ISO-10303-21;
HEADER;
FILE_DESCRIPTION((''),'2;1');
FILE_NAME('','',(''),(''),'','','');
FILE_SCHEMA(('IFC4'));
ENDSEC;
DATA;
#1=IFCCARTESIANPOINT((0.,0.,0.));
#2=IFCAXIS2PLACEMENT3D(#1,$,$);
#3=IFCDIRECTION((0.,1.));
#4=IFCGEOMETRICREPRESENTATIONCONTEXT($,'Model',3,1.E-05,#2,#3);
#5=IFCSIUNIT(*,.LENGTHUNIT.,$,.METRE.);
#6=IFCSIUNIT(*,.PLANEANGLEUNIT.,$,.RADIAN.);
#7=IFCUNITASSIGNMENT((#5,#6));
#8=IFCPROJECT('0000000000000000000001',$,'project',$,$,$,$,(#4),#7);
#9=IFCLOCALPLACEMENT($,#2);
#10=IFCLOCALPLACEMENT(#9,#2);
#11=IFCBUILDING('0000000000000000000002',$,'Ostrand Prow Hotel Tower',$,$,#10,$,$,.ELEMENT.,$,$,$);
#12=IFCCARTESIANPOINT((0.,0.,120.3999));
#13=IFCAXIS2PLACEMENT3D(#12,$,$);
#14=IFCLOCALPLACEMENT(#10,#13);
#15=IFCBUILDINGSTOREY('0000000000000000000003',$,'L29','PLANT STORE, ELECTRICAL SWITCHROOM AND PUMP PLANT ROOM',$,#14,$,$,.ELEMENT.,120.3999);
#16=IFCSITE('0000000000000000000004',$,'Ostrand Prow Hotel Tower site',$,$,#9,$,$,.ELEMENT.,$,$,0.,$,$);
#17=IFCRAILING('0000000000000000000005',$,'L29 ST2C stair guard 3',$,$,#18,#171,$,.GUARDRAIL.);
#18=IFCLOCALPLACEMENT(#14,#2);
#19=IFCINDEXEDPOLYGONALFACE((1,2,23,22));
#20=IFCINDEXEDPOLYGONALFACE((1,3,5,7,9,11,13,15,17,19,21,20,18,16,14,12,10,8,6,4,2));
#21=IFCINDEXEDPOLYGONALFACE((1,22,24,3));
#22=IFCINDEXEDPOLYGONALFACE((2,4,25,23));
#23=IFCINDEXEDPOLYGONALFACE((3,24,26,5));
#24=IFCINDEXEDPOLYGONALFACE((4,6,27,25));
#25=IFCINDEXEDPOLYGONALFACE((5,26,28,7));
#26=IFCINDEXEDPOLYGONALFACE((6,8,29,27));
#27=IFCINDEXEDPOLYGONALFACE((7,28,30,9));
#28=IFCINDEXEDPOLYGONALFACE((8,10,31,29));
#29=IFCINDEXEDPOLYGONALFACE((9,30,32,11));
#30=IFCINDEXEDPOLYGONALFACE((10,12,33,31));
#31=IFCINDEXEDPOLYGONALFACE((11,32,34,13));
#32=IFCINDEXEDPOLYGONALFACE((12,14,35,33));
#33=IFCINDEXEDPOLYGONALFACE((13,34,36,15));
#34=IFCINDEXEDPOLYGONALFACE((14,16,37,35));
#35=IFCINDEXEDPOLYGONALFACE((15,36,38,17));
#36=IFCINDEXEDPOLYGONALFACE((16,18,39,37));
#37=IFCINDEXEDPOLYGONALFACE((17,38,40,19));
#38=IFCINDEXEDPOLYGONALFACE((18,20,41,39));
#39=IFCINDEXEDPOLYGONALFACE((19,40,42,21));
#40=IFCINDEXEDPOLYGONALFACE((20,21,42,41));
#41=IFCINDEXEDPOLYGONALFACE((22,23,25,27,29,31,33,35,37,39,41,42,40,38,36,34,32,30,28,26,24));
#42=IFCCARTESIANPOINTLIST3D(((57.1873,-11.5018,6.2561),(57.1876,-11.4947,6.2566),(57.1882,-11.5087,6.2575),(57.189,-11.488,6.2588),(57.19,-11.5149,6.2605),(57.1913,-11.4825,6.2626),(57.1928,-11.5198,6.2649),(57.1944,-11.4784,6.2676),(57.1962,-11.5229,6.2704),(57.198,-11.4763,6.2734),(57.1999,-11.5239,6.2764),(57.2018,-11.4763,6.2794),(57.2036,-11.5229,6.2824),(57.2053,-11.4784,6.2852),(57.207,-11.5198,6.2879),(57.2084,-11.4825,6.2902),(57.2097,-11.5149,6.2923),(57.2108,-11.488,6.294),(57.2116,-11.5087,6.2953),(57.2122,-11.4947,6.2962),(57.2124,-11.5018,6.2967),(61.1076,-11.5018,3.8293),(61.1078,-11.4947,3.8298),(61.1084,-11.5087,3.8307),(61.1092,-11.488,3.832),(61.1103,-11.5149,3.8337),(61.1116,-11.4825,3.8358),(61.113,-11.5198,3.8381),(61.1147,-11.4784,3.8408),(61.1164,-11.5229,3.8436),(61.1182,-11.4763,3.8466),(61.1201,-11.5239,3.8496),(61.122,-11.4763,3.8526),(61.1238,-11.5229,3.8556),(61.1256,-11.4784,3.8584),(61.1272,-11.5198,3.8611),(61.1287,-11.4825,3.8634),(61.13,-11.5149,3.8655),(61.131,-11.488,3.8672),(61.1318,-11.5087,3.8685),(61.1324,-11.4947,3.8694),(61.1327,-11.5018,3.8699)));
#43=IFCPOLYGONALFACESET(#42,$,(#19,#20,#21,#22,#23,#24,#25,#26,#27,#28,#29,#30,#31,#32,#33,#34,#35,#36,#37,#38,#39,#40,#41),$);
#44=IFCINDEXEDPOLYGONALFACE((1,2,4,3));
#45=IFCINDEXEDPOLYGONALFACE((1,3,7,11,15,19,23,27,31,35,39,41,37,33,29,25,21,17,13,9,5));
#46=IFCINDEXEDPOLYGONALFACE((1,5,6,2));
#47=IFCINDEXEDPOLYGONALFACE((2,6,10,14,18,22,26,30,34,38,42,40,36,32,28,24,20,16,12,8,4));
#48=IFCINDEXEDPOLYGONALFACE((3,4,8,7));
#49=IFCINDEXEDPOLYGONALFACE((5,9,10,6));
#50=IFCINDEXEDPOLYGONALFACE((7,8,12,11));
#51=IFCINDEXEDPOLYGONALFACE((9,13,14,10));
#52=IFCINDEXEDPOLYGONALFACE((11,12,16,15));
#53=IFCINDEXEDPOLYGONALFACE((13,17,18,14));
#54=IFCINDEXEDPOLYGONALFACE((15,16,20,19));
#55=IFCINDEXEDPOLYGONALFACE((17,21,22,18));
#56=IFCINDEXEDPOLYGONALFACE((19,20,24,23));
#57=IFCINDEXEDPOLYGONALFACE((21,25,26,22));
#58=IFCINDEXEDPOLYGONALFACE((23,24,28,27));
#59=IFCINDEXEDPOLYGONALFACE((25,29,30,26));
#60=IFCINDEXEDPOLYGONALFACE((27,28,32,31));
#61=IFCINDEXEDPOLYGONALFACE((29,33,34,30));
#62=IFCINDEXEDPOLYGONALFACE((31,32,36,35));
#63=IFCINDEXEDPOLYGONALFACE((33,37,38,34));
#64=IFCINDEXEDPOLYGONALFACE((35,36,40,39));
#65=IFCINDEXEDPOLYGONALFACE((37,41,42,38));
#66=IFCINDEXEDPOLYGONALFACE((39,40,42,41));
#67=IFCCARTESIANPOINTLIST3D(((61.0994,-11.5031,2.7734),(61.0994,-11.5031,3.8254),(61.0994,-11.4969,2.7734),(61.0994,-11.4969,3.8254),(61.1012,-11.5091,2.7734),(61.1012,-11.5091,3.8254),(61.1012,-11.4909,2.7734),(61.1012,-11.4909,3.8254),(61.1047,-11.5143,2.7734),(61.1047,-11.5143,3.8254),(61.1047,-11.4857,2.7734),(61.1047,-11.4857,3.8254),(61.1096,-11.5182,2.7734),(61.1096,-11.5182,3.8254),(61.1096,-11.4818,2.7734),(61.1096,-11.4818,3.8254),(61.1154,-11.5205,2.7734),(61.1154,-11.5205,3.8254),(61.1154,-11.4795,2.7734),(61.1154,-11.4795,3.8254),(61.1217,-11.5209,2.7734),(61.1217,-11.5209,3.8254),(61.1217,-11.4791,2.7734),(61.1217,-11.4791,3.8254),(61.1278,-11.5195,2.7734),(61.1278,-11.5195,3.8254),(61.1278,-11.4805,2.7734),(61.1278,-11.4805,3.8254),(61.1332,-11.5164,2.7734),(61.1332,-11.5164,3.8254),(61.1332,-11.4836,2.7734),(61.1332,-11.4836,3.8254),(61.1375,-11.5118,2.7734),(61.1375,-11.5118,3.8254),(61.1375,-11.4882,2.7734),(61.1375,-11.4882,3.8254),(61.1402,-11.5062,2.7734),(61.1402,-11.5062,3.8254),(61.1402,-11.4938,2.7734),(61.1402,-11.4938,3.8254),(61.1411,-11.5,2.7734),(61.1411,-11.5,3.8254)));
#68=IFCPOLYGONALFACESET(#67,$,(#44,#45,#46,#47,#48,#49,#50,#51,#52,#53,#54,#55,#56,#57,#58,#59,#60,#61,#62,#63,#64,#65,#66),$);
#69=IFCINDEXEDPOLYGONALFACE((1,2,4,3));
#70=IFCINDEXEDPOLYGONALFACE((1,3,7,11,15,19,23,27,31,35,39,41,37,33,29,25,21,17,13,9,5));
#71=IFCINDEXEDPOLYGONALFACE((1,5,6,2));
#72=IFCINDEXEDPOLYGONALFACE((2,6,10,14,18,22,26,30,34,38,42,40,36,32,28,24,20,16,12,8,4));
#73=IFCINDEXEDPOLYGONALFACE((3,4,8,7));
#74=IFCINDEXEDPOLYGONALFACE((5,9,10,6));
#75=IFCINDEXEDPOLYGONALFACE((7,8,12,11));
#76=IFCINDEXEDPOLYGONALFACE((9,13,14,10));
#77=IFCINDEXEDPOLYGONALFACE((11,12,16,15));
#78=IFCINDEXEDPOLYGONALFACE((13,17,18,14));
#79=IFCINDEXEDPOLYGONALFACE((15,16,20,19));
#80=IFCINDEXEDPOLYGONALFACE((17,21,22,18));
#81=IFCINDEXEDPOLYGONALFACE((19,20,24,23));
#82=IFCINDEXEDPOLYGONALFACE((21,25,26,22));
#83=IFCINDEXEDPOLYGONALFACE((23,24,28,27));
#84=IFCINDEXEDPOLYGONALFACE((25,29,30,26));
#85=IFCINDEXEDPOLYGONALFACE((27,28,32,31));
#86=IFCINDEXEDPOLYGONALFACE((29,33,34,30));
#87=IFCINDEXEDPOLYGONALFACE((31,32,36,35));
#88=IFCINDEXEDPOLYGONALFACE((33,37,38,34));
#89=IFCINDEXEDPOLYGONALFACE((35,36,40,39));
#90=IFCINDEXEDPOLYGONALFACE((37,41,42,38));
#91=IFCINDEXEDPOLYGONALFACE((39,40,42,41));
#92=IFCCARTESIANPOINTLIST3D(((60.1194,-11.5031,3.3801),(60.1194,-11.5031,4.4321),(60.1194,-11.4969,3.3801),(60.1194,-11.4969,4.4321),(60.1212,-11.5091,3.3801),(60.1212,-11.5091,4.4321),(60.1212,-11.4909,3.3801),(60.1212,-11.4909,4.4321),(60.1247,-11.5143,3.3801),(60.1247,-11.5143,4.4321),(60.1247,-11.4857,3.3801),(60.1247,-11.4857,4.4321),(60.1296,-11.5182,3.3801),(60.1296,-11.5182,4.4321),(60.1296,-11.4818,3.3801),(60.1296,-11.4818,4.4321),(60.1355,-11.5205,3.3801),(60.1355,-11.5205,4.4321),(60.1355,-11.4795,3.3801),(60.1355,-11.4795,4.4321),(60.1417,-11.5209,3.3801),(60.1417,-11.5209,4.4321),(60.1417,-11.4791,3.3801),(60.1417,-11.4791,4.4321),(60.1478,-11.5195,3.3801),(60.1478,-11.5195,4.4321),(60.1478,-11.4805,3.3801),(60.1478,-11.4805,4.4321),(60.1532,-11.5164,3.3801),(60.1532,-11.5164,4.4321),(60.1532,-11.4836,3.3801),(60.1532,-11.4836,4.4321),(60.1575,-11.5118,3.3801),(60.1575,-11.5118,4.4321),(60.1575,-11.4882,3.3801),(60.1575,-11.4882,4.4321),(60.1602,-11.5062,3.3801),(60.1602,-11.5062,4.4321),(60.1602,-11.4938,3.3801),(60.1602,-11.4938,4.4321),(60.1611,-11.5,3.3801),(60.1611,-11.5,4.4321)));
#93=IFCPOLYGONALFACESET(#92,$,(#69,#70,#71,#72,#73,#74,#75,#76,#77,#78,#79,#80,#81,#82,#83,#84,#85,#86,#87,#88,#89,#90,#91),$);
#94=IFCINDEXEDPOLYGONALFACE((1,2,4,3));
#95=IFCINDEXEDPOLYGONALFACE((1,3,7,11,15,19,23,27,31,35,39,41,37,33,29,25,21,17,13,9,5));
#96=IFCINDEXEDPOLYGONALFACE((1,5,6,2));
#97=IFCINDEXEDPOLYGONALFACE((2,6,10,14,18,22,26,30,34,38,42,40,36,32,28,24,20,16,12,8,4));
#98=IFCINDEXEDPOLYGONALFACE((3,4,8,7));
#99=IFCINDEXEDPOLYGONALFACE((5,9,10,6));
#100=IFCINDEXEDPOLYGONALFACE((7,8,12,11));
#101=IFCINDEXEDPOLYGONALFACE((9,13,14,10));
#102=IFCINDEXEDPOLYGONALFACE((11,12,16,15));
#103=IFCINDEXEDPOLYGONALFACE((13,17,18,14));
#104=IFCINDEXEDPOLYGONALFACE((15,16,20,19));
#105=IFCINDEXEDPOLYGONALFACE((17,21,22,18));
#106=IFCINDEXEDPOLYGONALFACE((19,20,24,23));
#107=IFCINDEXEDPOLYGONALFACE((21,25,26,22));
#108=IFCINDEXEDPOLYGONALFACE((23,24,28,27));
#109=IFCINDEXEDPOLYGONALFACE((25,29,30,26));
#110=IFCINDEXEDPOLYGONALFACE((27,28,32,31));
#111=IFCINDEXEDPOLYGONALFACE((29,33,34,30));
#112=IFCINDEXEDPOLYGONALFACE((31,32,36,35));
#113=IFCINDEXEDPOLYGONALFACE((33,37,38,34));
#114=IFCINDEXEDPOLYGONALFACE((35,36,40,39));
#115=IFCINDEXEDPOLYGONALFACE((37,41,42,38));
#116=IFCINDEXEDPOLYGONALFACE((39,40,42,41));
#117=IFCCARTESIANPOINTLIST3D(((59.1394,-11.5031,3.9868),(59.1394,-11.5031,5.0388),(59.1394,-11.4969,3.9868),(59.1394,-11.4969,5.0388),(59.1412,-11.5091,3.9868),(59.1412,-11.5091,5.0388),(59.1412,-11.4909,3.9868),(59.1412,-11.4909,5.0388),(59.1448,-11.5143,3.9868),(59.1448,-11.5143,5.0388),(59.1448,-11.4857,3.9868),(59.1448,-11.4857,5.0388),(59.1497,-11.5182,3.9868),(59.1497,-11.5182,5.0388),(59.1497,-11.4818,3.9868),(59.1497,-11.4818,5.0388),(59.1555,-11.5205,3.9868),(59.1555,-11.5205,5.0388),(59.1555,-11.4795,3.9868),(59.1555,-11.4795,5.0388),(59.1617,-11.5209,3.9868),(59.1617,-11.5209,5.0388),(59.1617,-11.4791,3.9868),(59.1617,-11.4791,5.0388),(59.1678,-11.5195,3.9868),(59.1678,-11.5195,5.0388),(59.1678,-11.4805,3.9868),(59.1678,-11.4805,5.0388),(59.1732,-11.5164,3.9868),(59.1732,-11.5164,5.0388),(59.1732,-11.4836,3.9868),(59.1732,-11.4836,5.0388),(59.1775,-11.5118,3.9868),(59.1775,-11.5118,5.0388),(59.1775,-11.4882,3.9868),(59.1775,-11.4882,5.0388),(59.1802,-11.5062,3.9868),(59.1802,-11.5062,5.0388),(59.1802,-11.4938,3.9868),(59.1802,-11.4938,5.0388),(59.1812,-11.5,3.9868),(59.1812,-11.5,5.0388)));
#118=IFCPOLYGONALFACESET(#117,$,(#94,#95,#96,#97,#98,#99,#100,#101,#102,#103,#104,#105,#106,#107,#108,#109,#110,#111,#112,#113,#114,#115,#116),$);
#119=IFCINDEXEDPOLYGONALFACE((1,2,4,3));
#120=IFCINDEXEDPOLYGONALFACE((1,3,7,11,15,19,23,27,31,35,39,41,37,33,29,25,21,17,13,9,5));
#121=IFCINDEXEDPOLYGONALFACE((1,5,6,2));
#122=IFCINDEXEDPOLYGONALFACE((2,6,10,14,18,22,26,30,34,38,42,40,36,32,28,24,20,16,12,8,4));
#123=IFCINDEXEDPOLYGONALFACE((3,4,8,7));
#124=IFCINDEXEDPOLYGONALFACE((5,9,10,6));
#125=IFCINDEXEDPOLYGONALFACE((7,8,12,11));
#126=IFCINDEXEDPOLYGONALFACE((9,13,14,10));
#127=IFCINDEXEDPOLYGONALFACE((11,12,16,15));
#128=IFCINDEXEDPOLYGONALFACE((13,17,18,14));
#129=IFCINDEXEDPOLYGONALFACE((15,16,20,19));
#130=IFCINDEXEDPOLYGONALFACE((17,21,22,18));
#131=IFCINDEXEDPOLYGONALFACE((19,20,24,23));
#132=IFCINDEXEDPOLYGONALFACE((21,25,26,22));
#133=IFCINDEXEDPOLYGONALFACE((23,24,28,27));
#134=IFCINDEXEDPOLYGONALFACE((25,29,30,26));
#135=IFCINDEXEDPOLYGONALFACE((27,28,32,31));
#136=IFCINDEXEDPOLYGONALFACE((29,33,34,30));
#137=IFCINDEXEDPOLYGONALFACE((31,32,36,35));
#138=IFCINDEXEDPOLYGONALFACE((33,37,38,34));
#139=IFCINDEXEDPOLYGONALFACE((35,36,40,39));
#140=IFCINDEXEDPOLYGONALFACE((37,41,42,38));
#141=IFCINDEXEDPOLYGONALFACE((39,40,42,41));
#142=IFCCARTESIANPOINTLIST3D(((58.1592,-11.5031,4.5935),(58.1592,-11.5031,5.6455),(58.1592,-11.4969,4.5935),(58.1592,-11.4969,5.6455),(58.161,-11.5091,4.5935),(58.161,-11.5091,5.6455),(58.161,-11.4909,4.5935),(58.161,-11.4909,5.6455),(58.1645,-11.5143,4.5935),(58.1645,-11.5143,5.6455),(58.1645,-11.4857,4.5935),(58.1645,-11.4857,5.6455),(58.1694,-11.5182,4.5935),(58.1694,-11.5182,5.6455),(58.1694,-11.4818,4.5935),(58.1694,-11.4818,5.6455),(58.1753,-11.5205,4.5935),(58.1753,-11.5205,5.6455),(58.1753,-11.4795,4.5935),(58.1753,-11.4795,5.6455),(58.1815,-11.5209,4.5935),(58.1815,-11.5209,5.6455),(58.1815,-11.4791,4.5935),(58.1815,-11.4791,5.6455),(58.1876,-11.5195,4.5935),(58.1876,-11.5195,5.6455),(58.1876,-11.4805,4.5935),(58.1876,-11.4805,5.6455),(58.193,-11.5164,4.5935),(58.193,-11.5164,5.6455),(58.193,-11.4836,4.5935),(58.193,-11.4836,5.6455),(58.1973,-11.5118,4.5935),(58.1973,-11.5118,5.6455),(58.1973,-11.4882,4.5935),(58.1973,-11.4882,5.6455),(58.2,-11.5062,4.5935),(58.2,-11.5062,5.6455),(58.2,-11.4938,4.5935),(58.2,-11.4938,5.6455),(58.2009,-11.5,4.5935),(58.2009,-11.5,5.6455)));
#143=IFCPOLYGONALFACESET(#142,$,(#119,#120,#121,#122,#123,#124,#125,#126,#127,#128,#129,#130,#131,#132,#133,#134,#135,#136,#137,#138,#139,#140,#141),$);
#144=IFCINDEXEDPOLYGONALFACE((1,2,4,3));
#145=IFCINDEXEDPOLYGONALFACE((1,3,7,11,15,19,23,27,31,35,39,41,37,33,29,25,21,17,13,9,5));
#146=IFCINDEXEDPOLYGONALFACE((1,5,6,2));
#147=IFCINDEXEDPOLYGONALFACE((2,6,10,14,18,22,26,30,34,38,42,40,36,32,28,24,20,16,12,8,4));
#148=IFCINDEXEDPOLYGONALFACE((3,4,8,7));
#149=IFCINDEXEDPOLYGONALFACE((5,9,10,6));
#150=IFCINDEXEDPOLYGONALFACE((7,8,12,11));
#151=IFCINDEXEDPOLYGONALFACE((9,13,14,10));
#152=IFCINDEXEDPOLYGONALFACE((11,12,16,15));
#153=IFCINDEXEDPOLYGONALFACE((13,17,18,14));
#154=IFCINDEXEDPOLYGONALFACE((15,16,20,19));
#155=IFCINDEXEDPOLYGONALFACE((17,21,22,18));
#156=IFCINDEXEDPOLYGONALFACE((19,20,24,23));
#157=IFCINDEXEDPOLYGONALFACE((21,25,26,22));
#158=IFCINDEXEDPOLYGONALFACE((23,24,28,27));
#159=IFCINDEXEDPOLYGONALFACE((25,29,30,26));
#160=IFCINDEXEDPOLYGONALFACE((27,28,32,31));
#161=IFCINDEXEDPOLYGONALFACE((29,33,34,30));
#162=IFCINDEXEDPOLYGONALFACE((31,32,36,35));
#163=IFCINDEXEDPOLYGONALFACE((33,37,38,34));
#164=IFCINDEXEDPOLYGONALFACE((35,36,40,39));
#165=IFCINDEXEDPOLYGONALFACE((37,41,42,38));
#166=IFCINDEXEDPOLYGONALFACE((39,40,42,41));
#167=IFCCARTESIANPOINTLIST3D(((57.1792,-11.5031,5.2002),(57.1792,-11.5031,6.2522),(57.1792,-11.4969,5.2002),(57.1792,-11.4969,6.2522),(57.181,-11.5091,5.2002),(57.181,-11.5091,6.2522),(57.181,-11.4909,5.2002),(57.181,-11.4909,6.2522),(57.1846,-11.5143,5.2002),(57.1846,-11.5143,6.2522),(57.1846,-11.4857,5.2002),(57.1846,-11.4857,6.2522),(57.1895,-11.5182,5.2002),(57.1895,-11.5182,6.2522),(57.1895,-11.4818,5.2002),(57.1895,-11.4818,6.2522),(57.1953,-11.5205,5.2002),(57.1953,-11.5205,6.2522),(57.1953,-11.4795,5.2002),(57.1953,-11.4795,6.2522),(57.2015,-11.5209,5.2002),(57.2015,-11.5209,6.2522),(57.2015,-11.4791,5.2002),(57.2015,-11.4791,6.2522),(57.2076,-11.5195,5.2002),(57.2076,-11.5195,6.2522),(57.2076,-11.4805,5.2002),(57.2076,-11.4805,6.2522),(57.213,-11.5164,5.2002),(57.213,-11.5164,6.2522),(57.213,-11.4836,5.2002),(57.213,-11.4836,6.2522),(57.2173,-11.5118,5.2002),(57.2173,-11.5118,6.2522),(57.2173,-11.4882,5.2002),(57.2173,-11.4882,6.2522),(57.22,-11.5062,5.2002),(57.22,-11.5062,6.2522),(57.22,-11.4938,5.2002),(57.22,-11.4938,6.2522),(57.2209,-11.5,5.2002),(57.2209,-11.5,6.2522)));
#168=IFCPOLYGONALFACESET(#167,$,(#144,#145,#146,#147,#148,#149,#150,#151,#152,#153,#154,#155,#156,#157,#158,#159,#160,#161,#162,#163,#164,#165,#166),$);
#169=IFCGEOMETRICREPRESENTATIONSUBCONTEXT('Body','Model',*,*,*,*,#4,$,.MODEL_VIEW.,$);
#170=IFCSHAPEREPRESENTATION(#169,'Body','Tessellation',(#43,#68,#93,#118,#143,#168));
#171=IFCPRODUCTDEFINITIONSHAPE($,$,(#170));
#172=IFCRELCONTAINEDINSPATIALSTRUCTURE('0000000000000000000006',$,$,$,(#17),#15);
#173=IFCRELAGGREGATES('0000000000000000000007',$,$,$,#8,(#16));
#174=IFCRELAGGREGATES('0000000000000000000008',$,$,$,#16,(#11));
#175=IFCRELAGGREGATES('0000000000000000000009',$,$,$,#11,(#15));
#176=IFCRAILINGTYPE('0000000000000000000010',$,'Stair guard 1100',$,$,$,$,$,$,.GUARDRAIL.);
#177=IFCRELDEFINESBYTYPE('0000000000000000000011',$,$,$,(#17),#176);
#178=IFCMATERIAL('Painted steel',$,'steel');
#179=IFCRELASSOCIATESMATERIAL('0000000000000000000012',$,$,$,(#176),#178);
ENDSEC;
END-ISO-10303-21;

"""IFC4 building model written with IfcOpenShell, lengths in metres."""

from ifc_helpers import new_model, si_unit, direction, frame, origin, origin_2d, place, context, subcontext, project, spatial, circle, extrude, material, type_object, element, save


model = new_model("IFC4")

# Units and contexts
model_context = context("Model", 3, precision=1e-05, world=origin(), true_north=direction((0.0, 1.0)))
body_context = subcontext(model_context, "Body", "Model", "MODEL_VIEW")
ifc_project = project(units=[si_unit("LENGTHUNIT", "METRE"), si_unit("PLANEANGLEUNIT", "RADIAN")], contexts=[model_context])

# Site, building, storey
site_placement = place(None, origin())
site = spatial("IfcSite", under=ifc_project, at=site_placement, Name="Ostrand Prow Hotel Tower site", CompositionType="ELEMENT", RefElevation=0.0)
building_placement = place(site_placement, origin())
building = spatial("IfcBuilding", under=site, at=building_placement, Name="Ostrand Prow Hotel Tower", CompositionType="ELEMENT")
storey_placement = place(building_placement, frame((0.0, 0.0, 120.3999)))
storey = spatial("IfcBuildingStorey", under=building, at=storey_placement, Name="L29", Description="PLANT STORE, ELECTRICAL SWITCHROOM AND PUMP PLANT ROOM", CompositionType="ELEMENT", Elevation=120.3999)

# Railing
ifc_material_1 = material(Name="Painted steel", Category="steel")
railing_type_1 = type_object("IfcRailingType", Name="Stair guard 1100", PredefinedType="GUARDRAIL", material=ifc_material_1)
railing_1_placement = place(storey_placement, frame((61.1201, -11.5, 2.7734)))
element("IfcRailing", 1, at=railing_1_placement, inside=storey, type_object=railing_type_1, Name="L29 ST2C stair guard 3", PredefinedType="GUARDRAIL", context=body_context, shape_type="SweptSolid", body=[
    extrude(circle(Radius=0.0239, at=origin_2d()), frame((0.0, 0.0, 1.0762), z_axis=(-0.850266, 0.0, 0.526353), x_axis=(0.0, -1.0, 0.0)), (0.0, 0.0, 1.0), 4.6106),
    extrude(circle(Radius=0.021, at=origin_2d()), origin(), (0.0, 0.0, 1.0), 1.052),
    extrude(circle(Radius=0.021, at=origin_2d()), frame((-0.98, 0.0, 0.6067)), (0.0, 0.0, 1.0), 1.052),
    extrude(circle(Radius=0.021, at=origin_2d()), frame((-1.96, 0.0, 1.2134)), (0.0, 0.0, 1.0), 1.052),
    extrude(circle(Radius=0.021, at=origin_2d()), frame((-2.9402, 0.0, 1.8201)), (0.0, 0.0, 1.0), 1.052),
    extrude(circle(Radius=0.021, at=origin_2d()), frame((-3.9202, 0.0, 2.4268)), (0.0, 0.0, 1.0), 1.052),
])

save(model, "model.ifc")
